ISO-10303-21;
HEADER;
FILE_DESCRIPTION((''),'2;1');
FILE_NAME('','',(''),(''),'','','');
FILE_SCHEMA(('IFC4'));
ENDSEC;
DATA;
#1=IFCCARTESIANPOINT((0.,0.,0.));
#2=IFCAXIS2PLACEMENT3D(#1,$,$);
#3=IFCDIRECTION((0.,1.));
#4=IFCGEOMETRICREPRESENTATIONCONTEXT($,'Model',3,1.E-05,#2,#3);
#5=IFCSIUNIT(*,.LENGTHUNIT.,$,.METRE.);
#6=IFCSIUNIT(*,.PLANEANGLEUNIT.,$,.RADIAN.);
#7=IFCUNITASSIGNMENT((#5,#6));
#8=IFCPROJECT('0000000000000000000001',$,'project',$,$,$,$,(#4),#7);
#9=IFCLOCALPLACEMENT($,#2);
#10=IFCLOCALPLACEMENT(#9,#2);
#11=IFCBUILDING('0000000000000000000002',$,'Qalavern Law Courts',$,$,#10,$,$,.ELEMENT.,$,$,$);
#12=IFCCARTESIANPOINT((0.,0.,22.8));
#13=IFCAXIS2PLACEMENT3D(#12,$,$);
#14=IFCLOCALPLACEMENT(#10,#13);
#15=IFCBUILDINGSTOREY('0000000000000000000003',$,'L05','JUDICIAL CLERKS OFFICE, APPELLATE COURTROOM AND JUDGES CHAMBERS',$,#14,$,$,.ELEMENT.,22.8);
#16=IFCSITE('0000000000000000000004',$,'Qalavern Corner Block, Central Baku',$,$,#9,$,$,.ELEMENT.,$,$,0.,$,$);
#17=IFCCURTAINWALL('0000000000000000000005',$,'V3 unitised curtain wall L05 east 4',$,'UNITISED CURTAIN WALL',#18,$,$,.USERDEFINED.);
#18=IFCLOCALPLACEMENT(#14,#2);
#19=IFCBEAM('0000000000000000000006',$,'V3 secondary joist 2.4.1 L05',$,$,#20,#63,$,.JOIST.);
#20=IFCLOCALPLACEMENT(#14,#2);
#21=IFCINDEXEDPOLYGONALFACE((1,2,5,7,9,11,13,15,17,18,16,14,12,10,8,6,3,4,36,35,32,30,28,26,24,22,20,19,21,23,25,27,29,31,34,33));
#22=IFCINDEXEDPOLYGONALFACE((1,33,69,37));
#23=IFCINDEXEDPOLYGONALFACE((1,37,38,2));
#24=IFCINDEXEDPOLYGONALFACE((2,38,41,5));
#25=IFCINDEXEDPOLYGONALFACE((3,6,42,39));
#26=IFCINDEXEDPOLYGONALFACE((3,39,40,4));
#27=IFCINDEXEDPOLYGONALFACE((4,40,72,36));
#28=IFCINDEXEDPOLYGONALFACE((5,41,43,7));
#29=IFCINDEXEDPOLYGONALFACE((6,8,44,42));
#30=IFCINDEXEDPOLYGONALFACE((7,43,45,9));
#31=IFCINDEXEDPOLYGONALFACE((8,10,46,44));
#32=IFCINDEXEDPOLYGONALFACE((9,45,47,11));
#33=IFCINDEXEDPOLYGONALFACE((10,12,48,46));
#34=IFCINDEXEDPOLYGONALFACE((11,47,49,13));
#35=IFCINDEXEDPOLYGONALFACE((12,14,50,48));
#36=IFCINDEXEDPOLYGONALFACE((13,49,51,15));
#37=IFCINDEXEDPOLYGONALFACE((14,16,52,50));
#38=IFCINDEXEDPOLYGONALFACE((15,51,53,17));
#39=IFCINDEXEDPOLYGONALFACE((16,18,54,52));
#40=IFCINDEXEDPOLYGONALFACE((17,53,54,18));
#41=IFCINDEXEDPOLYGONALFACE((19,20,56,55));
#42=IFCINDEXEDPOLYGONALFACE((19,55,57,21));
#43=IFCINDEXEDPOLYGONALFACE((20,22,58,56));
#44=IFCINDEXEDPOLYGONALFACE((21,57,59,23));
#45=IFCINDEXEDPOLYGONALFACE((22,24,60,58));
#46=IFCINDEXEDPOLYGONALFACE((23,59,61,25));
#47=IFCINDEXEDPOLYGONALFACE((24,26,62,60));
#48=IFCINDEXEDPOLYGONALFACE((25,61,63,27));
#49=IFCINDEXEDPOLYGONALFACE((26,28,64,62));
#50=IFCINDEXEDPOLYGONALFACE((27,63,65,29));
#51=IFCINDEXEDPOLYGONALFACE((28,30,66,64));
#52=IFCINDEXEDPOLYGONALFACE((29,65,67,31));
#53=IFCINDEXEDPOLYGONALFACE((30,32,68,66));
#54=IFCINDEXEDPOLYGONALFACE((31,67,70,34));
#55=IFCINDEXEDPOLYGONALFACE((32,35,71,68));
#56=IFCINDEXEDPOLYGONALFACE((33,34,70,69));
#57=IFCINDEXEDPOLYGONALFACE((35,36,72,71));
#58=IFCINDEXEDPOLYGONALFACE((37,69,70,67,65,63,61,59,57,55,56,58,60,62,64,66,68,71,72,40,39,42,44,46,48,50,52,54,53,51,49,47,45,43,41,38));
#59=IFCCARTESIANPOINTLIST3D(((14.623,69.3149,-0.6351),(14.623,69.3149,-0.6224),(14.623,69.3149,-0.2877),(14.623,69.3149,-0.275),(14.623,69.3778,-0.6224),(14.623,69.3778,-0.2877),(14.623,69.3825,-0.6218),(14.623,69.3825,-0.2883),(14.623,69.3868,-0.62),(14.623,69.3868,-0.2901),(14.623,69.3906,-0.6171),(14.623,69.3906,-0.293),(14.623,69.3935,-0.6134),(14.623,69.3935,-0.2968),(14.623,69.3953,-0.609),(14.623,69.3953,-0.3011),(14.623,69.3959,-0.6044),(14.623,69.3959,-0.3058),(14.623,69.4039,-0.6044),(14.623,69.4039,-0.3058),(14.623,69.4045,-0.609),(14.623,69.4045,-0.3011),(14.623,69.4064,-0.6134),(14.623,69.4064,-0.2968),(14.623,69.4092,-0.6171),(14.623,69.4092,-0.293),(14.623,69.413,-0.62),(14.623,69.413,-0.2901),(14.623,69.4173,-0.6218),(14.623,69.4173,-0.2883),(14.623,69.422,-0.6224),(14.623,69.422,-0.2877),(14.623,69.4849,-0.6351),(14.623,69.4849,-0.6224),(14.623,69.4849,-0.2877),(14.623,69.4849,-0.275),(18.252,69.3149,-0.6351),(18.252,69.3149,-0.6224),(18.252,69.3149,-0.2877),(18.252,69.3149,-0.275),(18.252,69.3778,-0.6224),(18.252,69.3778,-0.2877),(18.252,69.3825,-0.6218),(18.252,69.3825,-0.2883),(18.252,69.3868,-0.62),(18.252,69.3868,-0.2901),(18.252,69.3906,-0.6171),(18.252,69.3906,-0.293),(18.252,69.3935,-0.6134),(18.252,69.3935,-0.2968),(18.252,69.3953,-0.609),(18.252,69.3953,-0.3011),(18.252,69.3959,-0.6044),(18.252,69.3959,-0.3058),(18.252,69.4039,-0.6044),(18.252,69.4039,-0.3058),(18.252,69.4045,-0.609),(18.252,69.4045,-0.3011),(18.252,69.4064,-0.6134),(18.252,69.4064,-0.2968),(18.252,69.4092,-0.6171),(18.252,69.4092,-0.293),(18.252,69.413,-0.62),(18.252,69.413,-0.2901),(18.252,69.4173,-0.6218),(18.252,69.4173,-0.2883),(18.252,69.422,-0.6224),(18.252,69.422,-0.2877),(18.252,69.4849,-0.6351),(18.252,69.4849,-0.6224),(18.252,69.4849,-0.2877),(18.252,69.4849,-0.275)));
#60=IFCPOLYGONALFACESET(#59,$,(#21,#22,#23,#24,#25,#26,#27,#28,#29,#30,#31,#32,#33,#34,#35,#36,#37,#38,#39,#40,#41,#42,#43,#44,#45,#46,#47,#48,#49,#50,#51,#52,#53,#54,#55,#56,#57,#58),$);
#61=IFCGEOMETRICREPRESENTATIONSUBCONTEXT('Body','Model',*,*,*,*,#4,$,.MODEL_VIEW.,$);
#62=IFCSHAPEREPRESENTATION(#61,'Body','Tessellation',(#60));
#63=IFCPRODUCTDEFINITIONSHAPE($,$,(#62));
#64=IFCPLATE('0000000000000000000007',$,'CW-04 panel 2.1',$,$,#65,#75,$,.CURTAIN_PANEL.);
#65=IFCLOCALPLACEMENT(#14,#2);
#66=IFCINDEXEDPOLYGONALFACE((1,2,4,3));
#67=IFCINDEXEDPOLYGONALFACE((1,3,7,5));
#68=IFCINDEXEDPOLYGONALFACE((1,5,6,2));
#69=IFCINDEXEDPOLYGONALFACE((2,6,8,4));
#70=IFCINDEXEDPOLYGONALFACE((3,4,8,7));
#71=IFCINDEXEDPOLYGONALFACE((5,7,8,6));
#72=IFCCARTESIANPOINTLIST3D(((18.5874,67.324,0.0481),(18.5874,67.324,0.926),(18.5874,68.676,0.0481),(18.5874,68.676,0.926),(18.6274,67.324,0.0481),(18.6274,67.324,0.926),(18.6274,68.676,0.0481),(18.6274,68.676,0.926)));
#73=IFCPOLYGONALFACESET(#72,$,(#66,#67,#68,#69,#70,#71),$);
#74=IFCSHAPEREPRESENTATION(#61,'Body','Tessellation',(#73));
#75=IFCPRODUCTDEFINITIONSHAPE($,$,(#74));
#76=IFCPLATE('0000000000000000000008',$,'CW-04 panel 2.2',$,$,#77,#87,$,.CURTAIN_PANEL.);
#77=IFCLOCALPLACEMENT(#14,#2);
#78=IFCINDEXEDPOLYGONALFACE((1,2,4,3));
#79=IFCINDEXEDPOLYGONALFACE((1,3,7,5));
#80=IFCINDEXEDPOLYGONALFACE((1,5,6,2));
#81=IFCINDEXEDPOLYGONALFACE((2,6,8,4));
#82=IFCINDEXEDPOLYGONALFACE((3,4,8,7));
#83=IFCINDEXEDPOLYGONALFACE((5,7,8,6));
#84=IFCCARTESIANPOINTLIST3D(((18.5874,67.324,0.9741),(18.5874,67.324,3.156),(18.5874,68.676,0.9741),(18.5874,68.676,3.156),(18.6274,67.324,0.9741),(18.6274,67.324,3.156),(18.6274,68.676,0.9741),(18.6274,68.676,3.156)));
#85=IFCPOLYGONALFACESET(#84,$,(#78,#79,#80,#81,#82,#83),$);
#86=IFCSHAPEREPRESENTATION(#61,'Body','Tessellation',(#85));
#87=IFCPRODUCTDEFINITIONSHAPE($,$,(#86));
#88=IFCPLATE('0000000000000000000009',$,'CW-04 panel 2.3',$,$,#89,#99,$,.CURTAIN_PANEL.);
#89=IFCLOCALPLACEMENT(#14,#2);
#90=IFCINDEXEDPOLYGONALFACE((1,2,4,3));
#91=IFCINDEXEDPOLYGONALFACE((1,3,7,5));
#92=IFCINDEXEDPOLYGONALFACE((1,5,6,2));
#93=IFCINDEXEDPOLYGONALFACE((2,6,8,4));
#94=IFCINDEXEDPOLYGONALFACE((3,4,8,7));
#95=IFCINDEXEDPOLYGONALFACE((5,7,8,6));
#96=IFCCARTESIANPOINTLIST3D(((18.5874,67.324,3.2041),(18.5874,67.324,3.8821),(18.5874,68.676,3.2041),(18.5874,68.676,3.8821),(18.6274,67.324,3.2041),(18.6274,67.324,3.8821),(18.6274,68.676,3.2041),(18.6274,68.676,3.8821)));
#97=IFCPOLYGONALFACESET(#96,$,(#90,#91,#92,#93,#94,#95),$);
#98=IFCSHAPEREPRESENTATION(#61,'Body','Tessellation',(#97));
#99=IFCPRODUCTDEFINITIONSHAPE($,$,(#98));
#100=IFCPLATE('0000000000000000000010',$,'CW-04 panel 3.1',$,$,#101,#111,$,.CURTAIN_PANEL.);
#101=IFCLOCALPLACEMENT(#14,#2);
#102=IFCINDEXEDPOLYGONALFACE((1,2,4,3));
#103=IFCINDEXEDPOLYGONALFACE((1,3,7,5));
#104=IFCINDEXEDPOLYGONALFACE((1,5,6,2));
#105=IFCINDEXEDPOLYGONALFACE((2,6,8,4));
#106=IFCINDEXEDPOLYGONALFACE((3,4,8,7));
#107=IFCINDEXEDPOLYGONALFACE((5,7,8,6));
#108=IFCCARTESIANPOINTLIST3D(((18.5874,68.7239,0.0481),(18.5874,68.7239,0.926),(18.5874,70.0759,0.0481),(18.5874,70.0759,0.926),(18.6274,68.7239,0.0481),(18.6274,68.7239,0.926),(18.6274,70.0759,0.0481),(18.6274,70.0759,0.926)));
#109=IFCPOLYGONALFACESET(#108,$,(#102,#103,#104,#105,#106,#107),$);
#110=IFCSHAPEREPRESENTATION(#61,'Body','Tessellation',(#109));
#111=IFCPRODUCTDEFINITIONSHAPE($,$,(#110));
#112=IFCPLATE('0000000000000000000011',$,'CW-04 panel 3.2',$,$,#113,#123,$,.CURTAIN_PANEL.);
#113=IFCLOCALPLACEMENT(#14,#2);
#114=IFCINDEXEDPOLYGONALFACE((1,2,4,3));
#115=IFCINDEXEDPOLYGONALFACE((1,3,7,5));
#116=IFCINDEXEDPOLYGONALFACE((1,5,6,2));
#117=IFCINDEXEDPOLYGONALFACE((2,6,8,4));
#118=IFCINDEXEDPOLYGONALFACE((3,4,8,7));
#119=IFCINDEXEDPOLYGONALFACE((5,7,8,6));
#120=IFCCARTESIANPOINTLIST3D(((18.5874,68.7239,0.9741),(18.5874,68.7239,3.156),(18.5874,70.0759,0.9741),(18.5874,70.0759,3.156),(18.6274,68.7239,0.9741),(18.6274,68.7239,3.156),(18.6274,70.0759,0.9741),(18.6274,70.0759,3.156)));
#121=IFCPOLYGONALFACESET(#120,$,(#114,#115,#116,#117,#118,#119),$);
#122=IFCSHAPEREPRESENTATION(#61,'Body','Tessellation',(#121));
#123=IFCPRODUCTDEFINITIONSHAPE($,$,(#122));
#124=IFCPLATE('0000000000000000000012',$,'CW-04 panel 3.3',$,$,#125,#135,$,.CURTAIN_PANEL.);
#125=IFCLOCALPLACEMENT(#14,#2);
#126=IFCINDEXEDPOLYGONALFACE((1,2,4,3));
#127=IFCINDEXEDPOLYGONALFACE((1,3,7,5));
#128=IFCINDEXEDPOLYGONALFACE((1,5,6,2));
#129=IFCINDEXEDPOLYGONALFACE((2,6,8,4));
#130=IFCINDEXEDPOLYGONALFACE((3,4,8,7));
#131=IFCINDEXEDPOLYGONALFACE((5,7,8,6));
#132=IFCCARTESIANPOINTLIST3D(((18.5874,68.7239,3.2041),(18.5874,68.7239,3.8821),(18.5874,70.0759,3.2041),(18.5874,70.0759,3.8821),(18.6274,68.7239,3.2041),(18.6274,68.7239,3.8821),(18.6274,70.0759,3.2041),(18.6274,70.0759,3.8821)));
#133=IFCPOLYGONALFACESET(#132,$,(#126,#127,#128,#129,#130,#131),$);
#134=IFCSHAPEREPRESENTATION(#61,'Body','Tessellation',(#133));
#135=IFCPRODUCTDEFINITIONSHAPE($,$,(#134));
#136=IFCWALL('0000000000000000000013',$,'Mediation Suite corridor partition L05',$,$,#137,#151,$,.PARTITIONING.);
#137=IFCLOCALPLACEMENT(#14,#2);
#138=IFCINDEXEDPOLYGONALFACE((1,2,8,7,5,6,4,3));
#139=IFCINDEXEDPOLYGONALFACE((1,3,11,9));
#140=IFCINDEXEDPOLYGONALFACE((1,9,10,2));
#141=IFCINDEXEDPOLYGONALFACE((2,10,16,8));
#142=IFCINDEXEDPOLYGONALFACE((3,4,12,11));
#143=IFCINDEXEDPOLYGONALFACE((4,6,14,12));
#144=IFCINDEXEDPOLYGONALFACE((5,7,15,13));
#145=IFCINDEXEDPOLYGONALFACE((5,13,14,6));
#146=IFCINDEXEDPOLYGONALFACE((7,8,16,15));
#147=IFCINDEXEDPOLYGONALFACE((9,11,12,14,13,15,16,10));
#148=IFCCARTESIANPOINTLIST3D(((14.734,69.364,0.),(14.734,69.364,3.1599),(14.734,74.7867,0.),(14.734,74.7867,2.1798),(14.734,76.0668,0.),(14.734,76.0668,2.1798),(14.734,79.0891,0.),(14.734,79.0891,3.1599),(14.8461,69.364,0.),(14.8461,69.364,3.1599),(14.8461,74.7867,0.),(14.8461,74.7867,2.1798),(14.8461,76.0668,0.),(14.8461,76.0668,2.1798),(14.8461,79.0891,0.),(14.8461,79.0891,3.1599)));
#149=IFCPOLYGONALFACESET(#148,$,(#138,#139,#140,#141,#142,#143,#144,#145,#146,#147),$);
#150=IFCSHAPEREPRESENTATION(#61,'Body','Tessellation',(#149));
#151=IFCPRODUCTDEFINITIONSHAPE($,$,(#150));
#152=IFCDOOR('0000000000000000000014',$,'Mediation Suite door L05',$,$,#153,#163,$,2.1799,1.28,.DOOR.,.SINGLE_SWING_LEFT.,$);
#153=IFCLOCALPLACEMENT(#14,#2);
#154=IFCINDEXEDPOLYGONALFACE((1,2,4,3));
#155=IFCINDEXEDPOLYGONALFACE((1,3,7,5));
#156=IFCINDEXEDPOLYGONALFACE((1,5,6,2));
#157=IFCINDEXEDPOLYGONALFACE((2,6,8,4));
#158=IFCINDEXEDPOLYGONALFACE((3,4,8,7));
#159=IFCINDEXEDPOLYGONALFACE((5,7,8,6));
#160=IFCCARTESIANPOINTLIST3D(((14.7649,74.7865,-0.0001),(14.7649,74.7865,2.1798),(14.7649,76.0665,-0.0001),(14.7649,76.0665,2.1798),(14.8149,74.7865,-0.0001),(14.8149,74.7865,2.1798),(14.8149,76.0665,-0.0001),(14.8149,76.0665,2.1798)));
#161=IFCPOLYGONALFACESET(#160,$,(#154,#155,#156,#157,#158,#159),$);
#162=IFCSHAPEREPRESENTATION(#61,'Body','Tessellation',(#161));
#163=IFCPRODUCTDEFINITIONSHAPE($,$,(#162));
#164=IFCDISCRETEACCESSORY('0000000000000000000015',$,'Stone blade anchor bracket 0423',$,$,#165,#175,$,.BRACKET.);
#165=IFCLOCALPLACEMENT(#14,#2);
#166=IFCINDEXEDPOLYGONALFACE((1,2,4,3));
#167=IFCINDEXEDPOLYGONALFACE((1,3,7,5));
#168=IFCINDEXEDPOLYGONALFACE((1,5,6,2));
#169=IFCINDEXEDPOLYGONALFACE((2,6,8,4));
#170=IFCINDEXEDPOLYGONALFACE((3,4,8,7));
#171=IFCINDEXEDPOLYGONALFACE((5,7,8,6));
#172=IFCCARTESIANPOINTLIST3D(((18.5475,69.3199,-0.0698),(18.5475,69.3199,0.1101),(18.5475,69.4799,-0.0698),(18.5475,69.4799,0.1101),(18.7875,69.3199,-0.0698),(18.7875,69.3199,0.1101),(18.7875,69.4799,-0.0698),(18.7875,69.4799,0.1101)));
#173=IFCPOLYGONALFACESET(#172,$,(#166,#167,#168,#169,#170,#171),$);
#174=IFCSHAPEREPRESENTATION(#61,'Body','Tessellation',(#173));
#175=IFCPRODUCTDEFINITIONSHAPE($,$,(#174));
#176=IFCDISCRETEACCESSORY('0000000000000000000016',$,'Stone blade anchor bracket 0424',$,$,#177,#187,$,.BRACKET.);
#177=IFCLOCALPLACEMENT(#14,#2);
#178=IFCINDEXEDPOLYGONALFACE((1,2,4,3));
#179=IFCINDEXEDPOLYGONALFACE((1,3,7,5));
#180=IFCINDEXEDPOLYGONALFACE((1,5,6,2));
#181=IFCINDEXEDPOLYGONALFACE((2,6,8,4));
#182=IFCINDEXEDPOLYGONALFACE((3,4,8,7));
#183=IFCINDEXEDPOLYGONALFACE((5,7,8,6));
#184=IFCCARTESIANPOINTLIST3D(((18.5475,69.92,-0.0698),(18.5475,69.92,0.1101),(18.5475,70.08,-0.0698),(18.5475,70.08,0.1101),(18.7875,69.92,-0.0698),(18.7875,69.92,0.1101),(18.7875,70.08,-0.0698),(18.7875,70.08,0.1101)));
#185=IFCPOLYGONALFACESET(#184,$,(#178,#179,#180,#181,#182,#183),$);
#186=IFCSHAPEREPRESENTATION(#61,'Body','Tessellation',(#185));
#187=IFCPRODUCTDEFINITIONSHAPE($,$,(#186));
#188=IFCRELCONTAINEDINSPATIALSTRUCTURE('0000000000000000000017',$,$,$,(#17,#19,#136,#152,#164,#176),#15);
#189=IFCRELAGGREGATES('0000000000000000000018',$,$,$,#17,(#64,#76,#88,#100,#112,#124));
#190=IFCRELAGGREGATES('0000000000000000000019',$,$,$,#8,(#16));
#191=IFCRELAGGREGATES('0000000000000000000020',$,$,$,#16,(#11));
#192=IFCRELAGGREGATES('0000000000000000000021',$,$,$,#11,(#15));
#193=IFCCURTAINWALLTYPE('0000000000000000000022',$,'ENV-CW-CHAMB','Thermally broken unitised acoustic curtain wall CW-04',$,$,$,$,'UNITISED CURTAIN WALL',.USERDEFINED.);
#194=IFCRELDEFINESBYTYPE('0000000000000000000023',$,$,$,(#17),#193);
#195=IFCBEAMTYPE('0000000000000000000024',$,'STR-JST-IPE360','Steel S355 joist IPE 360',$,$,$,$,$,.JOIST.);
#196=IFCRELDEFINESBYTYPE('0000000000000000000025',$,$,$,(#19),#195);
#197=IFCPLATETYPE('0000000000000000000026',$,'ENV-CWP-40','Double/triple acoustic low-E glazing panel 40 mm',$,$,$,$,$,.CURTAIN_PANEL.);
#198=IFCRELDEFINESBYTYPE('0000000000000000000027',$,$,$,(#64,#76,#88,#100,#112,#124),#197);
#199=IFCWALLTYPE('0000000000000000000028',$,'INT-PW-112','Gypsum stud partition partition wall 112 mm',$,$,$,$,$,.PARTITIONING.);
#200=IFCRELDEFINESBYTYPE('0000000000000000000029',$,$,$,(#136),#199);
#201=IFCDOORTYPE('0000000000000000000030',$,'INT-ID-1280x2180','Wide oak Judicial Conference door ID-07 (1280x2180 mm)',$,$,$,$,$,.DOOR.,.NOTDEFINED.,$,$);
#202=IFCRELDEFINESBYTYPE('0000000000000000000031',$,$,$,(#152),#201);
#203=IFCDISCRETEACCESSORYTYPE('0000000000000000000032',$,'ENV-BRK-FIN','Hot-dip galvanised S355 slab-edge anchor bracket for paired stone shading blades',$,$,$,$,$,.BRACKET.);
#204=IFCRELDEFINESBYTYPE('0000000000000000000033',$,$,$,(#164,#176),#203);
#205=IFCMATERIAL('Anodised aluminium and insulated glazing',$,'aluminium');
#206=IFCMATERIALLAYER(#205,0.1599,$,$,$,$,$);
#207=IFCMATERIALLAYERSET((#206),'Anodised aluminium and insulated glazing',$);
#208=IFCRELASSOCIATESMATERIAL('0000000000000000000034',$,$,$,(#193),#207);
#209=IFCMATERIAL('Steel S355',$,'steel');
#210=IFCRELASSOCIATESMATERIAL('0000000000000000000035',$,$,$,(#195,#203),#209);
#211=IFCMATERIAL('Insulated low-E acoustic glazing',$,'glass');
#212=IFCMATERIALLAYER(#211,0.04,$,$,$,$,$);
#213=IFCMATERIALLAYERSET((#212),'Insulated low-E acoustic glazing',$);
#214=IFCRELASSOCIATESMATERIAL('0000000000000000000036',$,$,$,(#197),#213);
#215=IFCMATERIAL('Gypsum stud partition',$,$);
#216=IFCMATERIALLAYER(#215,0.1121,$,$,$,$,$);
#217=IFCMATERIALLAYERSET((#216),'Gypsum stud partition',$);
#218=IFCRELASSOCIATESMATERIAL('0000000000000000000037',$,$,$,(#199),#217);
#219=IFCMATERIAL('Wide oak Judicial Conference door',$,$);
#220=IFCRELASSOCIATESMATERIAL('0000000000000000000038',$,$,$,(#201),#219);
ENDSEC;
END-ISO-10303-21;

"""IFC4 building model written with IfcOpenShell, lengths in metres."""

from ifc_helpers import new_model, si_unit, direction, frame, frame_2d, origin, origin_2d, place, context, subcontext, project, spatial, rectangle, i_section, extrude, material, layer, layer_set, material_profile, profile_set, type_object, element, fill, aggregate, save


model = new_model("IFC4")

# Units and contexts
model_context = context("Model", 3, precision=1e-05, world=origin(), true_north=direction((0.0, 1.0)))
body_context = subcontext(model_context, "Body", "Model", "MODEL_VIEW")
ifc_project = project(units=[si_unit("LENGTHUNIT", "METRE"), si_unit("PLANEANGLEUNIT", "RADIAN")], contexts=[model_context])

# Site, building, storey
site_placement = place(None, origin())
site = spatial("IfcSite", under=ifc_project, at=site_placement, Name="Qalavern Corner Block, Central Baku", CompositionType="ELEMENT", RefElevation=0.0)
building_placement = place(site_placement, origin())
building = spatial("IfcBuilding", under=site, at=building_placement, Name="Qalavern Law Courts", CompositionType="ELEMENT")
storey_placement = place(building_placement, frame((0.0, 0.0, 22.8)))
storey = spatial("IfcBuildingStorey", under=building, at=storey_placement, Name="L05", Description="JUDICIAL CLERKS OFFICE, APPELLATE COURTROOM AND JUDGES CHAMBERS", CompositionType="ELEMENT", Elevation=22.8)

# Curtain wall
ifc_material_1 = material(Name="Anodised aluminium and insulated glazing", Category="aluminium")
ifc_layer_1 = layer(ifc_material_1, 0.1599)
ifc_layer_set_1 = layer_set([ifc_layer_1], Name="Anodised aluminium and insulated glazing")
curtain_wall_type = type_object("IfcCurtainWallType", Name="ENV-CW-CHAMB", Description="Thermally broken unitised acoustic curtain wall CW-04", ElementType="UNITISED CURTAIN WALL", PredefinedType="USERDEFINED", material=ifc_layer_set_1)
curtain_wall_placement = place(storey_placement, origin())
curtain_wall = element("IfcCurtainWall", 1, at=curtain_wall_placement, inside=storey, type_object=curtain_wall_type, Name="V3 unitised curtain wall L05 east 4", ObjectType="UNITISED CURTAIN WALL", PredefinedType="USERDEFINED")

# Beam
ifc_material_2 = material(Name="Steel S355", Category="steel")
ifc_material_profile_1 = material_profile(ifc_material_2, i_section(OverallWidth=0.1699, OverallDepth=0.3601, WebThickness=0.0081, FlangeThickness=0.0127, FilletRadius=0.0181, at=origin_2d()), Name="IPE 360")
ifc_profile_set_1 = profile_set([ifc_material_profile_1], Name="Steel S355")
beam_type = type_object("IfcBeamType", Name="STR-JST-IPE360", Description="Steel S355 joist IPE 360", PredefinedType="JOIST", material=ifc_profile_set_1)
beam_placement = place(storey_placement, frame((14.623, 69.3999, -0.4551), z_axis=(1.0, 0.0, 0.0), x_axis=(0.0, 1.0, 0.0)))
element("IfcBeam", 2, at=beam_placement, inside=storey, type_object=beam_type, Name="V3 secondary joist 2.4.1 L05", PredefinedType="JOIST", context=body_context, shape_type="SweptSolid", body=[
    extrude(i_section(OverallWidth=0.1699, OverallDepth=0.3601, WebThickness=0.0081, FlangeThickness=0.0127, FilletRadius=0.0181, at=origin_2d()), origin(), (0.0, 0.0, 1.0), 3.6289),
])

# Plates
ifc_material_3 = material(Name="Insulated low-E acoustic glazing", Category="glass")
ifc_layer_2 = layer(ifc_material_3, 0.04)
ifc_layer_set_2 = layer_set([ifc_layer_2], Name="Insulated low-E acoustic glazing")
plate_type = type_object("IfcPlateType", Name="ENV-CWP-40", Description="Double/triple acoustic low-E glazing panel 40 mm", PredefinedType="CURTAIN_PANEL", material=ifc_layer_set_2)
plate_1_placement = place(storey_placement, frame((18.6074, 68.0, 0.0481), z_axis=(0.0, 0.0, 1.0), x_axis=(0.0, 1.0, 0.0)))
plate_1 = element("IfcPlate", 3, at=plate_1_placement, type_object=plate_type, Name="CW-04 panel 2.1", PredefinedType="CURTAIN_PANEL", context=body_context, shape_type="SweptSolid", body=[
    extrude(rectangle(XDim=1.3521, YDim=0.04, at=origin_2d()), origin(), (0.0, 0.0, 1.0), 0.8779),
])
plate_2_placement = place(storey_placement, frame((18.6074, 68.0, 0.9741), z_axis=(0.0, 0.0, 1.0), x_axis=(0.0, 1.0, 0.0)))
plate_2 = element("IfcPlate", 4, at=plate_2_placement, type_object=plate_type, Name="CW-04 panel 2.2", PredefinedType="CURTAIN_PANEL", context=body_context, shape_type="SweptSolid", body=[
    extrude(rectangle(XDim=1.3521, YDim=0.04, at=origin_2d()), origin(), (0.0, 0.0, 1.0), 2.1819),
])
plate_3_placement = place(storey_placement, frame((18.6074, 68.0, 3.2041), z_axis=(0.0, 0.0, 1.0), x_axis=(0.0, 1.0, 0.0)))
plate_3 = element("IfcPlate", 5, at=plate_3_placement, type_object=plate_type, Name="CW-04 panel 2.3", PredefinedType="CURTAIN_PANEL", context=body_context, shape_type="SweptSolid", body=[
    extrude(rectangle(XDim=1.3521, YDim=0.04, at=origin_2d()), origin(), (0.0, 0.0, 1.0), 0.678),
])
plate_4_placement = place(storey_placement, frame((18.6074, 69.3999, 0.0481), z_axis=(0.0, 0.0, 1.0), x_axis=(0.0, 1.0, 0.0)))
plate_4 = element("IfcPlate", 6, at=plate_4_placement, type_object=plate_type, Name="CW-04 panel 3.1", PredefinedType="CURTAIN_PANEL", context=body_context, shape_type="SweptSolid", body=[
    extrude(rectangle(XDim=1.3521, YDim=0.04, at=origin_2d()), origin(), (0.0, 0.0, 1.0), 0.8779),
])
plate_5_placement = place(storey_placement, frame((18.6074, 69.3999, 0.9741), z_axis=(0.0, 0.0, 1.0), x_axis=(0.0, 1.0, 0.0)))
plate_5 = element("IfcPlate", 7, at=plate_5_placement, type_object=plate_type, Name="CW-04 panel 3.2", PredefinedType="CURTAIN_PANEL", context=body_context, shape_type="SweptSolid", body=[
    extrude(rectangle(XDim=1.3521, YDim=0.04, at=origin_2d()), origin(), (0.0, 0.0, 1.0), 2.1819),
])
plate_6_placement = place(storey_placement, frame((18.6074, 69.3999, 3.2041), z_axis=(0.0, 0.0, 1.0), x_axis=(0.0, 1.0, 0.0)))
plate_6 = element("IfcPlate", 8, at=plate_6_placement, type_object=plate_type, Name="CW-04 panel 3.3", PredefinedType="CURTAIN_PANEL", context=body_context, shape_type="SweptSolid", body=[
    extrude(rectangle(XDim=1.3521, YDim=0.04, at=origin_2d()), origin(), (0.0, 0.0, 1.0), 0.678),
])
aggregate(curtain_wall, [plate_1, plate_2, plate_3, plate_4, plate_5, plate_6])

# Wall, opening, door
ifc_material_4 = material(Name="Gypsum stud partition")
ifc_layer_3 = layer(ifc_material_4, 0.1121)
ifc_layer_set_3 = layer_set([ifc_layer_3], Name="Gypsum stud partition")
wall_type = type_object("IfcWallType", Name="INT-PW-112", Description="Gypsum stud partition partition wall 112 mm", PredefinedType="PARTITIONING", material=ifc_layer_set_3)
wall_placement = place(storey_placement, frame((14.79, 69.364, 0.0), z_axis=(0.0, 0.0, 1.0), x_axis=(0.0, 1.0, 0.0)))
wall = element("IfcWall", 9, at=wall_placement, inside=storey, type_object=wall_type, Name="Mediation Suite corridor partition L05", PredefinedType="PARTITIONING", context=body_context, shape_type="SweptSolid", body=[
    extrude(rectangle(XDim=9.7251, YDim=0.1121, at=frame_2d((4.8625, 0.0))), origin(), (0.0, 0.0, 1.0), 3.1599),
])
opening_placement = place(wall_placement, frame((5.4226, 0.0, 0.0)))
opening = element("IfcOpeningElement", 10, at=opening_placement, cuts=wall, PredefinedType="OPENING", context=body_context, shape_type="SweptSolid", body=[
    extrude(rectangle(XDim=1.28, YDim=2.1799, at=frame_2d((0.6401, 1.0898))), frame((0.0, 0.0708, 0.0), z_axis=(0.0, -1.0, 0.0), x_axis=(1.0, 0.0, 0.0)), (0.0, 0.0, 1.0), 0.1418),
])
ifc_material_5 = material(Name="Wide oak Judicial Conference door")
door_type = type_object("IfcDoorType", Name="INT-ID-1280x2180", Description="Wide oak Judicial Conference door ID-07 (1280x2180 mm)", OperationType="NOTDEFINED", PredefinedType="DOOR", material=ifc_material_5)
door_placement = place(opening_placement, frame((1.28, 0.0, 0.0), z_axis=(0.0, 0.0, 1.0), x_axis=(-1.0, 0.0, 0.0)))
door = element("IfcDoor", 11, at=door_placement, inside=storey, type_object=door_type, Name="Mediation Suite door L05", OperationType="SINGLE_SWING_LEFT", OverallHeight=2.1799, OverallWidth=1.28, PredefinedType="DOOR", context=body_context, shape_type="SweptSolid", body=[
    extrude(rectangle(XDim=1.28, YDim=2.1799, at=frame_2d((0.6401, 1.0898))), frame((0.0, 0.0249, 0.0), z_axis=(0.0, -1.0, 0.0), x_axis=(1.0, 0.0, 0.0)), (0.0, 0.0, 1.0), 0.05),
])
fill(opening, door)

# Discrete accessories
discrete_accessory_type = type_object("IfcDiscreteAccessoryType", Name="ENV-BRK-FIN", Description="Hot-dip galvanised S355 slab-edge anchor bracket for paired stone shading blades", PredefinedType="BRACKET", material=ifc_material_2)
for number, where, z_axis, x_axis, name in (
    (12, (18.6675, 69.3999, -0.0698), (0.0, 0.0, 1.0), (1.0, 0.0, 0.0), "Stone blade anchor bracket 0423"),
    (13, (18.6675, 70.0, -0.0698), (0.0, 0.0, 1.0), (1.0, 0.0, 0.0), "Stone blade anchor bracket 0424"),
):
    element("IfcDiscreteAccessory", number, at=place(storey_placement, frame(where, z_axis=z_axis, x_axis=x_axis)), inside=storey, type_object=discrete_accessory_type, Name=name, PredefinedType="BRACKET", context=body_context, shape_type="SweptSolid", body=[
        extrude(rectangle(XDim=0.24, YDim=0.1599, at=origin_2d()), origin(), (0.0, 0.0, 1.0), 0.1799),
    ])

save(model, "model.ifc")
